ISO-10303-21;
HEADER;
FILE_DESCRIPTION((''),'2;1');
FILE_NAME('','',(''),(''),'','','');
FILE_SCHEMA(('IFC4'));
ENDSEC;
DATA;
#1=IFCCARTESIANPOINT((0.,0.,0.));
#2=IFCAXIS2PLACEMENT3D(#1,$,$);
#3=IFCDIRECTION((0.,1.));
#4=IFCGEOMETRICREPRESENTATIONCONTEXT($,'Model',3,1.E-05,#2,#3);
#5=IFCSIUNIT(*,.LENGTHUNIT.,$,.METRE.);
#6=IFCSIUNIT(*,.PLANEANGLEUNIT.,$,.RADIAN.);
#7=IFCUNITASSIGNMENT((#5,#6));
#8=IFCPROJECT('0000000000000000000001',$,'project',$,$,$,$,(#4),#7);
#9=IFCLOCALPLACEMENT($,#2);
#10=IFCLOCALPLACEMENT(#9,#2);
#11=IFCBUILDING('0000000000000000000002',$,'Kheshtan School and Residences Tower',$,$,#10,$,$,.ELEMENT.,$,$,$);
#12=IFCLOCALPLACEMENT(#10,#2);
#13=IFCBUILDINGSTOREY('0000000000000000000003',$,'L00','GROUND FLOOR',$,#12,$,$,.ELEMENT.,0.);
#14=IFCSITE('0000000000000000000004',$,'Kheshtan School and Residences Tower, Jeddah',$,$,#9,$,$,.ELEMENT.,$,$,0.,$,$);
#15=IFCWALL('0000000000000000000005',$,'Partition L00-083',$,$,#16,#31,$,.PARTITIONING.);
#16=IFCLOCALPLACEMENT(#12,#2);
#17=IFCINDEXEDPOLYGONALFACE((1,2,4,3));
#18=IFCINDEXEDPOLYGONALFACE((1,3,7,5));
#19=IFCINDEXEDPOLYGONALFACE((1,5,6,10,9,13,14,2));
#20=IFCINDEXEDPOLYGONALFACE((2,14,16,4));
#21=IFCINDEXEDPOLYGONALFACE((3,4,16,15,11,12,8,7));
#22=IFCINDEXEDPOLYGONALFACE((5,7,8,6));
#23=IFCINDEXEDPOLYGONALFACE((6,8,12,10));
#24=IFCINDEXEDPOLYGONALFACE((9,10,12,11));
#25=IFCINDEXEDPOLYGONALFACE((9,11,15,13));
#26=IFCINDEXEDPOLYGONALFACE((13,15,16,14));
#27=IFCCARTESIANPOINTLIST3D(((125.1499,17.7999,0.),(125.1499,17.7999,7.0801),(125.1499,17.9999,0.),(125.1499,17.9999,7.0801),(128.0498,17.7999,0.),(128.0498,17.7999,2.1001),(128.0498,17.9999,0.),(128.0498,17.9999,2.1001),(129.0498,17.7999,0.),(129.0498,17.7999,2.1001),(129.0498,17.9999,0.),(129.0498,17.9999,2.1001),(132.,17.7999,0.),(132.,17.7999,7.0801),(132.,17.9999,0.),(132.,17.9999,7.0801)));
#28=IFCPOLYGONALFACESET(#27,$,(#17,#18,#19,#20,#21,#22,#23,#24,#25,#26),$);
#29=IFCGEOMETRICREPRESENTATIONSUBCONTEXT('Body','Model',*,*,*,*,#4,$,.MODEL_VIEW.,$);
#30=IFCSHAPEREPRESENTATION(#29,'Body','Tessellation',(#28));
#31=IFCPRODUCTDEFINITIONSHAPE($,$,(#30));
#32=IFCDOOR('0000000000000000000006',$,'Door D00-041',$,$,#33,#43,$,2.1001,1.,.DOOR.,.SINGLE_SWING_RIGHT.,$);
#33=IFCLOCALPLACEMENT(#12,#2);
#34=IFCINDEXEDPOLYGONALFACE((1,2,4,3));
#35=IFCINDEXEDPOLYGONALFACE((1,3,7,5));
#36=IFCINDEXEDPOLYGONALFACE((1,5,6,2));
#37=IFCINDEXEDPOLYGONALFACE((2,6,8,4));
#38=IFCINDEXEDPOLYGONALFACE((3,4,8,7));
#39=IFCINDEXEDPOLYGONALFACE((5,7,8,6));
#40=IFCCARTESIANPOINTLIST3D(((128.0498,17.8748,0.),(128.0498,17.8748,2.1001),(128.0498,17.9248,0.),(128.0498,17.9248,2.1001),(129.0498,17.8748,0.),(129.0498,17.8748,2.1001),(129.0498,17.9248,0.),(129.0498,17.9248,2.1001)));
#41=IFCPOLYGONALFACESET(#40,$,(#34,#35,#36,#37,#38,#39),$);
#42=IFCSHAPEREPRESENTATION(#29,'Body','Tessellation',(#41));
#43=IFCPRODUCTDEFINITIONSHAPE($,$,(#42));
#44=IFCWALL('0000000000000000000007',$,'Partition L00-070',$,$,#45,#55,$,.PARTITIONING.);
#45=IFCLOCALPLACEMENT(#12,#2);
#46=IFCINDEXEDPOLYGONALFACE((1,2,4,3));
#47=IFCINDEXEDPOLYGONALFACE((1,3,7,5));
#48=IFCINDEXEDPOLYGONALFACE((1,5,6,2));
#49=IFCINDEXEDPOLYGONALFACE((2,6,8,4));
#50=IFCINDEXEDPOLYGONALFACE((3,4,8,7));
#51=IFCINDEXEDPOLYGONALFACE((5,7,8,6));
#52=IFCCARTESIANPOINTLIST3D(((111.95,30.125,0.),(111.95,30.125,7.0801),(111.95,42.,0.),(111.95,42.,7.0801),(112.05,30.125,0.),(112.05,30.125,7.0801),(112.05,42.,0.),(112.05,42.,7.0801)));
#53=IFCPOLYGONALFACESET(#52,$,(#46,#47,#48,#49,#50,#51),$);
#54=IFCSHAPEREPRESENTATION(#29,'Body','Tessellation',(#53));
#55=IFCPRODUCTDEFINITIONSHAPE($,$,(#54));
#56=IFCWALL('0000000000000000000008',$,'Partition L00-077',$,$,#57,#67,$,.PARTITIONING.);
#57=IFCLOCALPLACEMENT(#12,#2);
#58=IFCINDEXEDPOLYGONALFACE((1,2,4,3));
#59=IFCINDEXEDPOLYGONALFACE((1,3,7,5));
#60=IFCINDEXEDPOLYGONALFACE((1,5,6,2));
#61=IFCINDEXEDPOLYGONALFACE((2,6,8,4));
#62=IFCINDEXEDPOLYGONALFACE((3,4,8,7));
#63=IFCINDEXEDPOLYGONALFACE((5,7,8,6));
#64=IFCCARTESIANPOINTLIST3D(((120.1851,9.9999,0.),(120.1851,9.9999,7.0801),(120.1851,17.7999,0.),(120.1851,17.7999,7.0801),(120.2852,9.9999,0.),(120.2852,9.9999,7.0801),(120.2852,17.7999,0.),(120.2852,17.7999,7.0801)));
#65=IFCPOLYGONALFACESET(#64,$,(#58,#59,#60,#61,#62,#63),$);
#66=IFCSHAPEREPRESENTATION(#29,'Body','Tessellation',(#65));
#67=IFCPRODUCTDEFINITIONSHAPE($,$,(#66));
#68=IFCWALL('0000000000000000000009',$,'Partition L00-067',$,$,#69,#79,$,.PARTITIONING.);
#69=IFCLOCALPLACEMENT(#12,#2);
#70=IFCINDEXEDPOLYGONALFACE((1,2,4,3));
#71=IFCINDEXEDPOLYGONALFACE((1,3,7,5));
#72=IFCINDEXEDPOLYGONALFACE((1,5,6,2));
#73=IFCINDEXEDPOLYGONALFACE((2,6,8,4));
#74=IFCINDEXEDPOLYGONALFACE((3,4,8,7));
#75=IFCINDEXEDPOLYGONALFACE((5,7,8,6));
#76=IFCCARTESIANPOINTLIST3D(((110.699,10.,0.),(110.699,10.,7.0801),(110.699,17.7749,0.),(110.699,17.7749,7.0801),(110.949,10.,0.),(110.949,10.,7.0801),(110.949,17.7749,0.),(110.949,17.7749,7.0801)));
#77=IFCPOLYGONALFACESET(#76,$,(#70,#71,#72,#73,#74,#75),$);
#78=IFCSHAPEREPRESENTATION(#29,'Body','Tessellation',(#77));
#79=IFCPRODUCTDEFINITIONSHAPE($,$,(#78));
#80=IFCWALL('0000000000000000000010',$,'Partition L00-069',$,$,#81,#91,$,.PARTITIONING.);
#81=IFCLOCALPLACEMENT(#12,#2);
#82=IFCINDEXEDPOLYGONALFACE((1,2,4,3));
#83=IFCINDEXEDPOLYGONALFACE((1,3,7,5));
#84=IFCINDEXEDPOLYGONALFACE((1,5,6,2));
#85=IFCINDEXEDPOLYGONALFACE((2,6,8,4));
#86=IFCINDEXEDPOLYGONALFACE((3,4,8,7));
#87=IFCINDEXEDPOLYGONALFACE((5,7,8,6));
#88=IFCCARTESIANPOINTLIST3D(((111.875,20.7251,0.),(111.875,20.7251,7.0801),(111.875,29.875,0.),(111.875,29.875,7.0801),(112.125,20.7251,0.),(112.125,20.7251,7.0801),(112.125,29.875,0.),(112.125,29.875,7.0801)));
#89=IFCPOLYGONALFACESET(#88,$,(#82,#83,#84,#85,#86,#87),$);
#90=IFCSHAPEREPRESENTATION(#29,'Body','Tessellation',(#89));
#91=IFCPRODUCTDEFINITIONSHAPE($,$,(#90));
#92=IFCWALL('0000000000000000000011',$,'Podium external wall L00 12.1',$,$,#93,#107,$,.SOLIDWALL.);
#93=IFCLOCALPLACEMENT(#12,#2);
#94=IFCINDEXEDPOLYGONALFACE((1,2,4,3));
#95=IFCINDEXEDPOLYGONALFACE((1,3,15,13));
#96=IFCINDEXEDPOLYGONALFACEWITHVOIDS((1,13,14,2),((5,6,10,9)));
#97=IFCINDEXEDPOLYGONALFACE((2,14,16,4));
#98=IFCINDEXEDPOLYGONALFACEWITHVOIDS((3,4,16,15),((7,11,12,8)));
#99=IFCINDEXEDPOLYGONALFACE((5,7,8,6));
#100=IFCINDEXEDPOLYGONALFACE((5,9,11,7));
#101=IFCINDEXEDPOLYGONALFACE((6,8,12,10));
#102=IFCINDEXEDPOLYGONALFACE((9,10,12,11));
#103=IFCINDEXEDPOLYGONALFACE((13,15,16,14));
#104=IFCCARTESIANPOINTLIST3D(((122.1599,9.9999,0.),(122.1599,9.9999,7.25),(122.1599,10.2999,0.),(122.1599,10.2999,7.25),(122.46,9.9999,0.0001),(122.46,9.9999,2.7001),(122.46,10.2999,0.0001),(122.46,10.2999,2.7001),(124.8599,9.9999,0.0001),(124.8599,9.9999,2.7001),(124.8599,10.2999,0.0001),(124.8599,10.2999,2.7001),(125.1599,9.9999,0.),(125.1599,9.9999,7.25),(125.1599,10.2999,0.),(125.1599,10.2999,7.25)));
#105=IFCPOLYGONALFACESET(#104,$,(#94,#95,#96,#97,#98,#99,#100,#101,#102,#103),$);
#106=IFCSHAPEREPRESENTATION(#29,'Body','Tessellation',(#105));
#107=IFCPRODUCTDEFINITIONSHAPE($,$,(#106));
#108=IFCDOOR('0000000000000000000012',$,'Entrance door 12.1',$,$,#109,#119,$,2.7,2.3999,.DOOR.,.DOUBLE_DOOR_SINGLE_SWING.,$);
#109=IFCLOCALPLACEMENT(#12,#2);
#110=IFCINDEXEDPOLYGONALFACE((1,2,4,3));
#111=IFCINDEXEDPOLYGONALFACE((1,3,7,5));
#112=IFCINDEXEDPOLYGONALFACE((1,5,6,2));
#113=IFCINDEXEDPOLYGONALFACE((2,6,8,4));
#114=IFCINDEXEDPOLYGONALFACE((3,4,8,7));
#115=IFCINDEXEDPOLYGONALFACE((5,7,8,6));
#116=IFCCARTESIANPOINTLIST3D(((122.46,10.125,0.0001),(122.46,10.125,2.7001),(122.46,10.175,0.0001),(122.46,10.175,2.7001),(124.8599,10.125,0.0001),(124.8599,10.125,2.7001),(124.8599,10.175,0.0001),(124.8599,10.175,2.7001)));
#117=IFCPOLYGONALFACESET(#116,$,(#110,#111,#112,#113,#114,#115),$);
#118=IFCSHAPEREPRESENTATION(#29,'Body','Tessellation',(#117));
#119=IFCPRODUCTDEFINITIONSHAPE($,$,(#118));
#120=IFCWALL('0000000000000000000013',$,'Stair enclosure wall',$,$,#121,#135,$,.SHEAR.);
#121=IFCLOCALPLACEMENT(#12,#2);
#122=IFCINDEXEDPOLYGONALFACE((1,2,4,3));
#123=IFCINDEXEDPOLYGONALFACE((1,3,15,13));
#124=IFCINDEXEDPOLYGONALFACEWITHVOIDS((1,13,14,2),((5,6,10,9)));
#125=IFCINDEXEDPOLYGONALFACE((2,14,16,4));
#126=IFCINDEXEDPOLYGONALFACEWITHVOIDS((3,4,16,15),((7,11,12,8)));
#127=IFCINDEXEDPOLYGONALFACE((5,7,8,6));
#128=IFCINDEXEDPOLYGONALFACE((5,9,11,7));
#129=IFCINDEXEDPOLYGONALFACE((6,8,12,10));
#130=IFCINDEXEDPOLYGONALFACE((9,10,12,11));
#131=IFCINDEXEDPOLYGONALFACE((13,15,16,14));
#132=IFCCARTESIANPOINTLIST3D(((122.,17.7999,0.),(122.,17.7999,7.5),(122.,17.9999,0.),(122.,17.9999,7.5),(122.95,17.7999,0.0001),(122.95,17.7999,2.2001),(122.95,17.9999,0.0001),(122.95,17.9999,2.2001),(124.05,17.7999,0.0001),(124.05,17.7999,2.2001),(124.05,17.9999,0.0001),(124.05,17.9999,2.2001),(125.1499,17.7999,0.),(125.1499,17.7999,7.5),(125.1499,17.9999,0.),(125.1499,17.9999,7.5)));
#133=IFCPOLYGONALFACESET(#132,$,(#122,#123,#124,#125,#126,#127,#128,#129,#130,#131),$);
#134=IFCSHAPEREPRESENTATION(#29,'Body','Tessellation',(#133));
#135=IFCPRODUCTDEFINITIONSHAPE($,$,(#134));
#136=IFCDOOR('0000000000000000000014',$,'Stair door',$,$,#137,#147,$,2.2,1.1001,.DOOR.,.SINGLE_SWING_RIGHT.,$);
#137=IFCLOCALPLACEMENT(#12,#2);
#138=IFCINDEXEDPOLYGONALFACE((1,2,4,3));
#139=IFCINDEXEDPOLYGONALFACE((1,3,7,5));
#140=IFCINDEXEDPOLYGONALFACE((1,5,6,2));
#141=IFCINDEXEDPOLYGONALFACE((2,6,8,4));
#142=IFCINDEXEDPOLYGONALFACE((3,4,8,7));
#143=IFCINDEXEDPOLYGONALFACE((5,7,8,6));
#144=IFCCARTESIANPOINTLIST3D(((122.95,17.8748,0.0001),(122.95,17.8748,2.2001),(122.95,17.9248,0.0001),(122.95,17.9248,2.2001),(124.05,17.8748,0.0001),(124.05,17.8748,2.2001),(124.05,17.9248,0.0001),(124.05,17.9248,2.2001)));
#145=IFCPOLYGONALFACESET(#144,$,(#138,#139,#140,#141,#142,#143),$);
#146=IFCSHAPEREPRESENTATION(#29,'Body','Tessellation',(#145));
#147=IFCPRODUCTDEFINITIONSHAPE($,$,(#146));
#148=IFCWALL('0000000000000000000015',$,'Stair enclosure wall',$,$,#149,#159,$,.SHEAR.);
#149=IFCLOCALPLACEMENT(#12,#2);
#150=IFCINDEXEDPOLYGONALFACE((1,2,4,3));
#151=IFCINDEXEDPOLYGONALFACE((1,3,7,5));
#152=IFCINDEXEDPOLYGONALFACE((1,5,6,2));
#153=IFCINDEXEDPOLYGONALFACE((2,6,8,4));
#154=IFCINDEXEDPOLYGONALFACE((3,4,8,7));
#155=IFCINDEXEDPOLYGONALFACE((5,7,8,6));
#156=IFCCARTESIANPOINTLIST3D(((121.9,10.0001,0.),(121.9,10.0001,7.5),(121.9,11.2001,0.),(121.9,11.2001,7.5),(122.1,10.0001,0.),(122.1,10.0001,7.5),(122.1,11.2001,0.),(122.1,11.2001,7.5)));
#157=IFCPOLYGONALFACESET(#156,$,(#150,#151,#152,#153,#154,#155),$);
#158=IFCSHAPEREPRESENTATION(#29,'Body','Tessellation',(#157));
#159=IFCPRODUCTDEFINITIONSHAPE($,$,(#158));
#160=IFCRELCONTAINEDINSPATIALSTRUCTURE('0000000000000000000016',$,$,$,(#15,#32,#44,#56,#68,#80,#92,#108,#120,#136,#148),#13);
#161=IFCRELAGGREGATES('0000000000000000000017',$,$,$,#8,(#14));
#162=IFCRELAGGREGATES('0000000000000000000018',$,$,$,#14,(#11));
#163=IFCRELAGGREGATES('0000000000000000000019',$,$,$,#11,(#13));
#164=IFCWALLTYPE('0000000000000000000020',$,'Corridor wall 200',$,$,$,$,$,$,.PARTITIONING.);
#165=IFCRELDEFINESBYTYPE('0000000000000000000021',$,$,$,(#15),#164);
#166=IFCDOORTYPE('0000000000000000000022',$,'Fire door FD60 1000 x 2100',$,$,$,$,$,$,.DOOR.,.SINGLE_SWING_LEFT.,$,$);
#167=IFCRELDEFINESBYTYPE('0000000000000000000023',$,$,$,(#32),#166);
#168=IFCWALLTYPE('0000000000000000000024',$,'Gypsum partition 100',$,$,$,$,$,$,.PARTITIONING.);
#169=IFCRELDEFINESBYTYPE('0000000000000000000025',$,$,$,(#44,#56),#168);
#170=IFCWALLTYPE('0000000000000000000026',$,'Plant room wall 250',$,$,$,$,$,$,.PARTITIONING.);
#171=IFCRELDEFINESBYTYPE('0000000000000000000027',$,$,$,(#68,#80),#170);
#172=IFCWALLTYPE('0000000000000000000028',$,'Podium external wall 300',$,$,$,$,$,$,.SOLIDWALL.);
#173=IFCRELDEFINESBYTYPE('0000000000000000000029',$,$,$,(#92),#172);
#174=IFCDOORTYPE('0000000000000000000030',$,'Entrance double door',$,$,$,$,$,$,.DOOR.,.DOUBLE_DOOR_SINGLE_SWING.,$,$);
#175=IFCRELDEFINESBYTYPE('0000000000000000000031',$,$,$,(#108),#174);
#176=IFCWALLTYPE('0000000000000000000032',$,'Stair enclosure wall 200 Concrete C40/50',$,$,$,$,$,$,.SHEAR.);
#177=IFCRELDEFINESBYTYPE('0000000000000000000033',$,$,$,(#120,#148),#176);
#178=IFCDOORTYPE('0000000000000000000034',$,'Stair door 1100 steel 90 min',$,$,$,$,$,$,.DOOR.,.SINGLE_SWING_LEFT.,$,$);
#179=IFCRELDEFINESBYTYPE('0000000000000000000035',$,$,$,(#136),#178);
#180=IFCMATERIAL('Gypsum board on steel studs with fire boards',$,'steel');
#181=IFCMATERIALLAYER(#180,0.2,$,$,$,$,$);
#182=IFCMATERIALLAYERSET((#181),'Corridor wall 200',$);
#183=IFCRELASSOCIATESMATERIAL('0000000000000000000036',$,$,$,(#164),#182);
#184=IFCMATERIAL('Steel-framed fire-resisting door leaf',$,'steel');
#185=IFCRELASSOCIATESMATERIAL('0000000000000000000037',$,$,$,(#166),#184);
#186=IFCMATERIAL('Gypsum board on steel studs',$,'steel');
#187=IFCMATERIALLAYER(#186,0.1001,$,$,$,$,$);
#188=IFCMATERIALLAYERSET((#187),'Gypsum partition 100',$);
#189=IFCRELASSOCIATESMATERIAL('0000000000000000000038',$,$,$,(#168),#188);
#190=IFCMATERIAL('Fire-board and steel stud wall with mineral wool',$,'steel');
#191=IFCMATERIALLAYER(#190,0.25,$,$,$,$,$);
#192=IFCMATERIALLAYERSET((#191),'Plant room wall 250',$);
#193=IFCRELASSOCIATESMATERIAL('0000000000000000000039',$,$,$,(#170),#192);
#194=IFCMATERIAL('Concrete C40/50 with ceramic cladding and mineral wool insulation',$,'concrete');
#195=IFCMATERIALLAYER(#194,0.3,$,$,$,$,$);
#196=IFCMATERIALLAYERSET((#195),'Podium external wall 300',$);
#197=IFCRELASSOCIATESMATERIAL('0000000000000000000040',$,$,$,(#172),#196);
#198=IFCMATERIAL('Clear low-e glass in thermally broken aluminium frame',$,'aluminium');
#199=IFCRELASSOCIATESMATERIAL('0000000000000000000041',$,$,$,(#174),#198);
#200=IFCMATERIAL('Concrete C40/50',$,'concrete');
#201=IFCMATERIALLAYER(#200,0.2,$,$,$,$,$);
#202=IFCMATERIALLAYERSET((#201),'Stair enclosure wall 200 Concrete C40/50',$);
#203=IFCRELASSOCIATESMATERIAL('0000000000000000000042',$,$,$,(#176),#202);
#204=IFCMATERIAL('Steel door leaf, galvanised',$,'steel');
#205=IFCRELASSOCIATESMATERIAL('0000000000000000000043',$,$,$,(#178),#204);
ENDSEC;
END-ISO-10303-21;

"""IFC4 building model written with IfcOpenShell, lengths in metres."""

from ifc_helpers import new_model, si_unit, direction, frame, frame_2d, origin, place, context, subcontext, project, spatial, rectangle, extrude, source, transform, mapped, material, layer, layer_set, type_object, element, fill, save


model = new_model("IFC4")

# Units and contexts
model_context = context("Model", 3, precision=1e-05, world=origin(), true_north=direction((0.0, 1.0)))
body_context = subcontext(model_context, "Body", "Model", "MODEL_VIEW")
ifc_project = project(units=[si_unit("LENGTHUNIT", "METRE"), si_unit("PLANEANGLEUNIT", "RADIAN")], contexts=[model_context])

# Site, building, storey
site_placement = place(None, origin())
site = spatial("IfcSite", under=ifc_project, at=site_placement, Name="Kheshtan School and Residences Tower, Jeddah", CompositionType="ELEMENT", RefElevation=0.0)
building_placement = place(site_placement, origin())
building = spatial("IfcBuilding", under=site, at=building_placement, Name="Kheshtan School and Residences Tower", CompositionType="ELEMENT")
storey_placement = place(building_placement, origin())
storey = spatial("IfcBuildingStorey", under=building, at=storey_placement, Name="L00", Description="GROUND FLOOR", CompositionType="ELEMENT", Elevation=0.0)

# Shared definitions
ifc_material_1 = material(Name="Clear low-e glass in thermally broken aluminium frame", Category="aluminium")

# Shared definitions
ifc_material_2 = material(Name="Gypsum board on steel studs with fire boards", Category="steel")
ifc_layer_1 = layer(ifc_material_2, 0.2)
ifc_layer_set_1 = layer_set([ifc_layer_1], Name="Corridor wall 200")
wall_type_1 = type_object("IfcWallType", Name="Corridor wall 200", PredefinedType="PARTITIONING", material=ifc_layer_set_1)
ifc_material_3 = material(Name="Steel-framed fire-resisting door leaf", Category="steel")
door_type_1 = type_object("IfcDoorType", Name="Fire door FD60 1000 x 2100", OperationType="SINGLE_SWING_LEFT", PredefinedType="DOOR", material=ifc_material_3)
shared_shape_1 = source(origin(), body_context, "Body", "SweptSolid", [
    extrude(rectangle(XDim=1.0, YDim=2.1001, at=frame_2d((0.5, 1.05))), frame((0.0, 0.0249, 0.0), z_axis=(0.0, -1.0, 0.0), x_axis=(1.0, 0.0, 0.0)), (0.0, 0.0, 1.0), 0.05),
])

# Wall, opening, door
wall_1_placement = place(storey_placement, frame((125.1499, 17.8999, 0.0), z_axis=(0.0, 0.0, 1.0), x_axis=(1.0, 0.0, 0.0)))
wall_1 = element("IfcWall", 1, at=wall_1_placement, inside=storey, type_object=wall_type_1, Name="Partition L00-083", PredefinedType="PARTITIONING", context=body_context, shape_type="SweptSolid", body=[
    extrude(rectangle(XDim=6.8501, YDim=0.2, at=frame_2d((3.425, 0.0))), origin(), (0.0, 0.0, 1.0), 7.0801),
])
opening_1_placement = place(wall_1_placement, frame((2.8999, 0.0, 0.0)))
opening_1 = element("IfcOpeningElement", 2, at=opening_1_placement, cuts=wall_1, PredefinedType="OPENING", context=body_context, shape_type="SweptSolid", body=[
    extrude(rectangle(XDim=1.0, YDim=2.1001, at=frame_2d((0.5, 1.05))), frame((0.0, 0.1099, 0.0), z_axis=(0.0, -1.0, 0.0), x_axis=(1.0, 0.0, 0.0)), (0.0, 0.0, 1.0), 0.22),
])
door_1_placement = place(opening_1_placement, origin())
door_1 = element("IfcDoor", 3, at=door_1_placement, inside=storey, type_object=door_type_1, Name="Door D00-041", OperationType="SINGLE_SWING_RIGHT", OverallHeight=2.1001, OverallWidth=1.0, PredefinedType="DOOR", context=body_context, shape_type="MappedRepresentation", body=[
    mapped(shared_shape_1, transform((0.0, 0.0, 0.0), x_axis=(1.0, 0.0, 0.0), y_axis=(0.0, 1.0, 0.0), z_axis=(0.0, 0.0, 1.0), scale=1.0)),
])
fill(opening_1, door_1)

# Walls
ifc_material_4 = material(Name="Gypsum board on steel studs", Category="steel")
ifc_layer_2 = layer(ifc_material_4, 0.1001)
ifc_layer_set_2 = layer_set([ifc_layer_2], Name="Gypsum partition 100")
wall_type_2 = type_object("IfcWallType", Name="Gypsum partition 100", PredefinedType="PARTITIONING", material=ifc_layer_set_2)
wall_2_placement = place(storey_placement, frame((112.0, 30.125, 0.0), z_axis=(0.0, 0.0, 1.0), x_axis=(0.0, 1.0, 0.0)))
element("IfcWall", 4, at=wall_2_placement, inside=storey, type_object=wall_type_2, Name="Partition L00-070", PredefinedType="PARTITIONING", context=body_context, shape_type="SweptSolid", body=[
    extrude(rectangle(XDim=11.875, YDim=0.1001, at=frame_2d((5.9375, 0.0))), origin(), (0.0, 0.0, 1.0), 7.0801),
])
wall_3_placement = place(storey_placement, frame((120.2351, 10.0, 0.0), z_axis=(0.0, 0.0, 1.0), x_axis=(0.0, 1.0, 0.0)))
element("IfcWall", 5, at=wall_3_placement, inside=storey, type_object=wall_type_2, Name="Partition L00-077", PredefinedType="PARTITIONING", context=body_context, shape_type="SweptSolid", body=[
    extrude(rectangle(XDim=7.8, YDim=0.1001, at=frame_2d((3.8999, 0.0))), origin(), (0.0, 0.0, 1.0), 7.0801),
])
ifc_material_5 = material(Name="Fire-board and steel stud wall with mineral wool", Category="steel")
ifc_layer_3 = layer(ifc_material_5, 0.25)
ifc_layer_set_3 = layer_set([ifc_layer_3], Name="Plant room wall 250")
wall_type_3 = type_object("IfcWallType", Name="Plant room wall 250", PredefinedType="PARTITIONING", material=ifc_layer_set_3)
wall_4_placement = place(storey_placement, frame((110.824, 10.0, 0.0), z_axis=(0.0, 0.0, 1.0), x_axis=(0.0, 1.0, 0.0)))
element("IfcWall", 6, at=wall_4_placement, inside=storey, type_object=wall_type_3, Name="Partition L00-067", PredefinedType="PARTITIONING", context=body_context, shape_type="SweptSolid", body=[
    extrude(rectangle(XDim=7.7749, YDim=0.25, at=frame_2d((3.8875, 0.0))), origin(), (0.0, 0.0, 1.0), 7.0801),
])
wall_5_placement = place(storey_placement, frame((112.0, 20.7251, 0.0), z_axis=(0.0, 0.0, 1.0), x_axis=(0.0, 1.0, 0.0)))
element("IfcWall", 7, at=wall_5_placement, inside=storey, type_object=wall_type_3, Name="Partition L00-069", PredefinedType="PARTITIONING", context=body_context, shape_type="SweptSolid", body=[
    extrude(rectangle(XDim=9.1499, YDim=0.25, at=frame_2d((4.575, 0.0))), origin(), (0.0, 0.0, 1.0), 7.0801),
])

# Walls, openings, doors
ifc_material_6 = material(Name="Concrete C40/50 with ceramic cladding and mineral wool insulation", Category="concrete")
ifc_layer_4 = layer(ifc_material_6, 0.3)
ifc_layer_set_4 = layer_set([ifc_layer_4], Name="Podium external wall 300")
wall_type_4 = type_object("IfcWallType", Name="Podium external wall 300", PredefinedType="SOLIDWALL", material=ifc_layer_set_4)
wall_6_placement = place(storey_placement, frame((125.1599, 10.1499, 0.0), z_axis=(0.0, 0.0, 1.0), x_axis=(-1.0, 0.0, 0.0)))
wall_6 = element("IfcWall", 8, at=wall_6_placement, inside=storey, type_object=wall_type_4, Name="Podium external wall L00 12.1", PredefinedType="SOLIDWALL", context=body_context, shape_type="SweptSolid", body=[
    extrude(rectangle(XDim=3.0, YDim=0.3, at=frame_2d((1.5, 0.0))), origin(), (0.0, 0.0, 1.0), 7.25),
])
opening_2_placement = place(wall_6_placement, frame((0.3, 0.0, 0.0)))
opening_2 = element("IfcOpeningElement", 9, at=opening_2_placement, cuts=wall_6, PredefinedType="OPENING", context=body_context, shape_type="SweptSolid", body=[
    extrude(rectangle(XDim=2.3999, YDim=2.7, at=frame_2d((1.2, 1.3501))), frame((0.0, 0.1602, 0.0), z_axis=(0.0, -1.0, 0.0), x_axis=(1.0, 0.0, 0.0)), (0.0, 0.0, 1.0), 0.3201),
])
door_type_2 = type_object("IfcDoorType", Name="Entrance double door", OperationType="DOUBLE_DOOR_SINGLE_SWING", PredefinedType="DOOR", material=ifc_material_1)
shared_shape_2 = source(origin(), body_context, "Body", "SweptSolid", [
    extrude(rectangle(XDim=2.3999, YDim=2.7, at=frame_2d((1.2, 1.3501))), frame((0.0, 0.0249, 0.0), z_axis=(0.0, -1.0, 0.0), x_axis=(1.0, 0.0, 0.0)), (0.0, 0.0, 1.0), 0.05),
])
door_2_placement = place(opening_2_placement, origin())
door_2 = element("IfcDoor", 10, at=door_2_placement, inside=storey, type_object=door_type_2, Name="Entrance door 12.1", OperationType="DOUBLE_DOOR_SINGLE_SWING", OverallHeight=2.7, OverallWidth=2.3999, PredefinedType="DOOR", context=body_context, shape_type="MappedRepresentation", body=[
    mapped(shared_shape_2, transform((0.0, 0.0, 0.0), x_axis=(1.0, 0.0, 0.0), y_axis=(0.0, 1.0, 0.0), z_axis=(0.0, 0.0, 1.0), scale=1.0)),
])
fill(opening_2, door_2)
ifc_material_7 = material(Name="Concrete C40/50", Category="concrete")
ifc_layer_5 = layer(ifc_material_7, 0.2)
ifc_layer_set_5 = layer_set([ifc_layer_5], Name="Stair enclosure wall 200 Concrete C40/50")
wall_type_5 = type_object("IfcWallType", Name="Stair enclosure wall 200 Concrete C40/50", PredefinedType="SHEAR", material=ifc_layer_set_5)
wall_7_placement = place(storey_placement, frame((122.0, 17.8999, 0.0), z_axis=(0.0, 0.0, 1.0), x_axis=(1.0, 0.0, 0.0)))
wall_7 = element("IfcWall", 11, at=wall_7_placement, inside=storey, type_object=wall_type_5, Name="Stair enclosure wall", PredefinedType="SHEAR", context=body_context, shape_type="SweptSolid", body=[
    extrude(rectangle(XDim=3.1499, YDim=0.2, at=frame_2d((1.575, 0.0))), origin(), (0.0, 0.0, 1.0), 7.5),
])
opening_3_placement = place(wall_7_placement, frame((0.95, 0.0, 0.0)))
opening_3 = element("IfcOpeningElement", 12, at=opening_3_placement, cuts=wall_7, PredefinedType="OPENING", context=body_context, shape_type="SweptSolid", body=[
    extrude(rectangle(XDim=1.1001, YDim=2.2, at=frame_2d((0.55, 1.1001))), frame((0.0, 0.1099, 0.0), z_axis=(0.0, -1.0, 0.0), x_axis=(1.0, 0.0, 0.0)), (0.0, 0.0, 1.0), 0.22),
])
ifc_material_8 = material(Name="Steel door leaf, galvanised", Category="steel")
door_type_3 = type_object("IfcDoorType", Name="Stair door 1100 steel 90 min", OperationType="SINGLE_SWING_LEFT", PredefinedType="DOOR", material=ifc_material_8)
shared_shape_3 = source(origin(), body_context, "Body", "SweptSolid", [
    extrude(rectangle(XDim=1.1001, YDim=2.2, at=frame_2d((0.55, 1.1001))), frame((0.0, 0.0249, 0.0), z_axis=(0.0, -1.0, 0.0), x_axis=(1.0, 0.0, 0.0)), (0.0, 0.0, 1.0), 0.05),
])
door_3_placement = place(opening_3_placement, origin())
door_3 = element("IfcDoor", 13, at=door_3_placement, inside=storey, type_object=door_type_3, Name="Stair door", OperationType="SINGLE_SWING_RIGHT", OverallHeight=2.2, OverallWidth=1.1001, PredefinedType="DOOR", context=body_context, shape_type="MappedRepresentation", body=[
    mapped(shared_shape_3, transform((0.0, 0.0, 0.0), x_axis=(1.0, 0.0, 0.0), y_axis=(0.0, 1.0, 0.0), z_axis=(0.0, 0.0, 1.0), scale=1.0)),
])
fill(opening_3, door_3)

# Wall
wall_8_placement = place(storey_placement, frame((122.0, 10.0, 0.0), z_axis=(0.0, 0.0, 1.0), x_axis=(0.0, 1.0, 0.0)))
element("IfcWall", 14, at=wall_8_placement, inside=storey, type_object=wall_type_5, Name="Stair enclosure wall", PredefinedType="SHEAR", context=body_context, shape_type="SweptSolid", body=[
    extrude(rectangle(XDim=1.2, YDim=0.2, at=frame_2d((0.6001, 0.0))), origin(), (0.0, 0.0, 1.0), 7.5),
])

save(model, "model.ifc")
